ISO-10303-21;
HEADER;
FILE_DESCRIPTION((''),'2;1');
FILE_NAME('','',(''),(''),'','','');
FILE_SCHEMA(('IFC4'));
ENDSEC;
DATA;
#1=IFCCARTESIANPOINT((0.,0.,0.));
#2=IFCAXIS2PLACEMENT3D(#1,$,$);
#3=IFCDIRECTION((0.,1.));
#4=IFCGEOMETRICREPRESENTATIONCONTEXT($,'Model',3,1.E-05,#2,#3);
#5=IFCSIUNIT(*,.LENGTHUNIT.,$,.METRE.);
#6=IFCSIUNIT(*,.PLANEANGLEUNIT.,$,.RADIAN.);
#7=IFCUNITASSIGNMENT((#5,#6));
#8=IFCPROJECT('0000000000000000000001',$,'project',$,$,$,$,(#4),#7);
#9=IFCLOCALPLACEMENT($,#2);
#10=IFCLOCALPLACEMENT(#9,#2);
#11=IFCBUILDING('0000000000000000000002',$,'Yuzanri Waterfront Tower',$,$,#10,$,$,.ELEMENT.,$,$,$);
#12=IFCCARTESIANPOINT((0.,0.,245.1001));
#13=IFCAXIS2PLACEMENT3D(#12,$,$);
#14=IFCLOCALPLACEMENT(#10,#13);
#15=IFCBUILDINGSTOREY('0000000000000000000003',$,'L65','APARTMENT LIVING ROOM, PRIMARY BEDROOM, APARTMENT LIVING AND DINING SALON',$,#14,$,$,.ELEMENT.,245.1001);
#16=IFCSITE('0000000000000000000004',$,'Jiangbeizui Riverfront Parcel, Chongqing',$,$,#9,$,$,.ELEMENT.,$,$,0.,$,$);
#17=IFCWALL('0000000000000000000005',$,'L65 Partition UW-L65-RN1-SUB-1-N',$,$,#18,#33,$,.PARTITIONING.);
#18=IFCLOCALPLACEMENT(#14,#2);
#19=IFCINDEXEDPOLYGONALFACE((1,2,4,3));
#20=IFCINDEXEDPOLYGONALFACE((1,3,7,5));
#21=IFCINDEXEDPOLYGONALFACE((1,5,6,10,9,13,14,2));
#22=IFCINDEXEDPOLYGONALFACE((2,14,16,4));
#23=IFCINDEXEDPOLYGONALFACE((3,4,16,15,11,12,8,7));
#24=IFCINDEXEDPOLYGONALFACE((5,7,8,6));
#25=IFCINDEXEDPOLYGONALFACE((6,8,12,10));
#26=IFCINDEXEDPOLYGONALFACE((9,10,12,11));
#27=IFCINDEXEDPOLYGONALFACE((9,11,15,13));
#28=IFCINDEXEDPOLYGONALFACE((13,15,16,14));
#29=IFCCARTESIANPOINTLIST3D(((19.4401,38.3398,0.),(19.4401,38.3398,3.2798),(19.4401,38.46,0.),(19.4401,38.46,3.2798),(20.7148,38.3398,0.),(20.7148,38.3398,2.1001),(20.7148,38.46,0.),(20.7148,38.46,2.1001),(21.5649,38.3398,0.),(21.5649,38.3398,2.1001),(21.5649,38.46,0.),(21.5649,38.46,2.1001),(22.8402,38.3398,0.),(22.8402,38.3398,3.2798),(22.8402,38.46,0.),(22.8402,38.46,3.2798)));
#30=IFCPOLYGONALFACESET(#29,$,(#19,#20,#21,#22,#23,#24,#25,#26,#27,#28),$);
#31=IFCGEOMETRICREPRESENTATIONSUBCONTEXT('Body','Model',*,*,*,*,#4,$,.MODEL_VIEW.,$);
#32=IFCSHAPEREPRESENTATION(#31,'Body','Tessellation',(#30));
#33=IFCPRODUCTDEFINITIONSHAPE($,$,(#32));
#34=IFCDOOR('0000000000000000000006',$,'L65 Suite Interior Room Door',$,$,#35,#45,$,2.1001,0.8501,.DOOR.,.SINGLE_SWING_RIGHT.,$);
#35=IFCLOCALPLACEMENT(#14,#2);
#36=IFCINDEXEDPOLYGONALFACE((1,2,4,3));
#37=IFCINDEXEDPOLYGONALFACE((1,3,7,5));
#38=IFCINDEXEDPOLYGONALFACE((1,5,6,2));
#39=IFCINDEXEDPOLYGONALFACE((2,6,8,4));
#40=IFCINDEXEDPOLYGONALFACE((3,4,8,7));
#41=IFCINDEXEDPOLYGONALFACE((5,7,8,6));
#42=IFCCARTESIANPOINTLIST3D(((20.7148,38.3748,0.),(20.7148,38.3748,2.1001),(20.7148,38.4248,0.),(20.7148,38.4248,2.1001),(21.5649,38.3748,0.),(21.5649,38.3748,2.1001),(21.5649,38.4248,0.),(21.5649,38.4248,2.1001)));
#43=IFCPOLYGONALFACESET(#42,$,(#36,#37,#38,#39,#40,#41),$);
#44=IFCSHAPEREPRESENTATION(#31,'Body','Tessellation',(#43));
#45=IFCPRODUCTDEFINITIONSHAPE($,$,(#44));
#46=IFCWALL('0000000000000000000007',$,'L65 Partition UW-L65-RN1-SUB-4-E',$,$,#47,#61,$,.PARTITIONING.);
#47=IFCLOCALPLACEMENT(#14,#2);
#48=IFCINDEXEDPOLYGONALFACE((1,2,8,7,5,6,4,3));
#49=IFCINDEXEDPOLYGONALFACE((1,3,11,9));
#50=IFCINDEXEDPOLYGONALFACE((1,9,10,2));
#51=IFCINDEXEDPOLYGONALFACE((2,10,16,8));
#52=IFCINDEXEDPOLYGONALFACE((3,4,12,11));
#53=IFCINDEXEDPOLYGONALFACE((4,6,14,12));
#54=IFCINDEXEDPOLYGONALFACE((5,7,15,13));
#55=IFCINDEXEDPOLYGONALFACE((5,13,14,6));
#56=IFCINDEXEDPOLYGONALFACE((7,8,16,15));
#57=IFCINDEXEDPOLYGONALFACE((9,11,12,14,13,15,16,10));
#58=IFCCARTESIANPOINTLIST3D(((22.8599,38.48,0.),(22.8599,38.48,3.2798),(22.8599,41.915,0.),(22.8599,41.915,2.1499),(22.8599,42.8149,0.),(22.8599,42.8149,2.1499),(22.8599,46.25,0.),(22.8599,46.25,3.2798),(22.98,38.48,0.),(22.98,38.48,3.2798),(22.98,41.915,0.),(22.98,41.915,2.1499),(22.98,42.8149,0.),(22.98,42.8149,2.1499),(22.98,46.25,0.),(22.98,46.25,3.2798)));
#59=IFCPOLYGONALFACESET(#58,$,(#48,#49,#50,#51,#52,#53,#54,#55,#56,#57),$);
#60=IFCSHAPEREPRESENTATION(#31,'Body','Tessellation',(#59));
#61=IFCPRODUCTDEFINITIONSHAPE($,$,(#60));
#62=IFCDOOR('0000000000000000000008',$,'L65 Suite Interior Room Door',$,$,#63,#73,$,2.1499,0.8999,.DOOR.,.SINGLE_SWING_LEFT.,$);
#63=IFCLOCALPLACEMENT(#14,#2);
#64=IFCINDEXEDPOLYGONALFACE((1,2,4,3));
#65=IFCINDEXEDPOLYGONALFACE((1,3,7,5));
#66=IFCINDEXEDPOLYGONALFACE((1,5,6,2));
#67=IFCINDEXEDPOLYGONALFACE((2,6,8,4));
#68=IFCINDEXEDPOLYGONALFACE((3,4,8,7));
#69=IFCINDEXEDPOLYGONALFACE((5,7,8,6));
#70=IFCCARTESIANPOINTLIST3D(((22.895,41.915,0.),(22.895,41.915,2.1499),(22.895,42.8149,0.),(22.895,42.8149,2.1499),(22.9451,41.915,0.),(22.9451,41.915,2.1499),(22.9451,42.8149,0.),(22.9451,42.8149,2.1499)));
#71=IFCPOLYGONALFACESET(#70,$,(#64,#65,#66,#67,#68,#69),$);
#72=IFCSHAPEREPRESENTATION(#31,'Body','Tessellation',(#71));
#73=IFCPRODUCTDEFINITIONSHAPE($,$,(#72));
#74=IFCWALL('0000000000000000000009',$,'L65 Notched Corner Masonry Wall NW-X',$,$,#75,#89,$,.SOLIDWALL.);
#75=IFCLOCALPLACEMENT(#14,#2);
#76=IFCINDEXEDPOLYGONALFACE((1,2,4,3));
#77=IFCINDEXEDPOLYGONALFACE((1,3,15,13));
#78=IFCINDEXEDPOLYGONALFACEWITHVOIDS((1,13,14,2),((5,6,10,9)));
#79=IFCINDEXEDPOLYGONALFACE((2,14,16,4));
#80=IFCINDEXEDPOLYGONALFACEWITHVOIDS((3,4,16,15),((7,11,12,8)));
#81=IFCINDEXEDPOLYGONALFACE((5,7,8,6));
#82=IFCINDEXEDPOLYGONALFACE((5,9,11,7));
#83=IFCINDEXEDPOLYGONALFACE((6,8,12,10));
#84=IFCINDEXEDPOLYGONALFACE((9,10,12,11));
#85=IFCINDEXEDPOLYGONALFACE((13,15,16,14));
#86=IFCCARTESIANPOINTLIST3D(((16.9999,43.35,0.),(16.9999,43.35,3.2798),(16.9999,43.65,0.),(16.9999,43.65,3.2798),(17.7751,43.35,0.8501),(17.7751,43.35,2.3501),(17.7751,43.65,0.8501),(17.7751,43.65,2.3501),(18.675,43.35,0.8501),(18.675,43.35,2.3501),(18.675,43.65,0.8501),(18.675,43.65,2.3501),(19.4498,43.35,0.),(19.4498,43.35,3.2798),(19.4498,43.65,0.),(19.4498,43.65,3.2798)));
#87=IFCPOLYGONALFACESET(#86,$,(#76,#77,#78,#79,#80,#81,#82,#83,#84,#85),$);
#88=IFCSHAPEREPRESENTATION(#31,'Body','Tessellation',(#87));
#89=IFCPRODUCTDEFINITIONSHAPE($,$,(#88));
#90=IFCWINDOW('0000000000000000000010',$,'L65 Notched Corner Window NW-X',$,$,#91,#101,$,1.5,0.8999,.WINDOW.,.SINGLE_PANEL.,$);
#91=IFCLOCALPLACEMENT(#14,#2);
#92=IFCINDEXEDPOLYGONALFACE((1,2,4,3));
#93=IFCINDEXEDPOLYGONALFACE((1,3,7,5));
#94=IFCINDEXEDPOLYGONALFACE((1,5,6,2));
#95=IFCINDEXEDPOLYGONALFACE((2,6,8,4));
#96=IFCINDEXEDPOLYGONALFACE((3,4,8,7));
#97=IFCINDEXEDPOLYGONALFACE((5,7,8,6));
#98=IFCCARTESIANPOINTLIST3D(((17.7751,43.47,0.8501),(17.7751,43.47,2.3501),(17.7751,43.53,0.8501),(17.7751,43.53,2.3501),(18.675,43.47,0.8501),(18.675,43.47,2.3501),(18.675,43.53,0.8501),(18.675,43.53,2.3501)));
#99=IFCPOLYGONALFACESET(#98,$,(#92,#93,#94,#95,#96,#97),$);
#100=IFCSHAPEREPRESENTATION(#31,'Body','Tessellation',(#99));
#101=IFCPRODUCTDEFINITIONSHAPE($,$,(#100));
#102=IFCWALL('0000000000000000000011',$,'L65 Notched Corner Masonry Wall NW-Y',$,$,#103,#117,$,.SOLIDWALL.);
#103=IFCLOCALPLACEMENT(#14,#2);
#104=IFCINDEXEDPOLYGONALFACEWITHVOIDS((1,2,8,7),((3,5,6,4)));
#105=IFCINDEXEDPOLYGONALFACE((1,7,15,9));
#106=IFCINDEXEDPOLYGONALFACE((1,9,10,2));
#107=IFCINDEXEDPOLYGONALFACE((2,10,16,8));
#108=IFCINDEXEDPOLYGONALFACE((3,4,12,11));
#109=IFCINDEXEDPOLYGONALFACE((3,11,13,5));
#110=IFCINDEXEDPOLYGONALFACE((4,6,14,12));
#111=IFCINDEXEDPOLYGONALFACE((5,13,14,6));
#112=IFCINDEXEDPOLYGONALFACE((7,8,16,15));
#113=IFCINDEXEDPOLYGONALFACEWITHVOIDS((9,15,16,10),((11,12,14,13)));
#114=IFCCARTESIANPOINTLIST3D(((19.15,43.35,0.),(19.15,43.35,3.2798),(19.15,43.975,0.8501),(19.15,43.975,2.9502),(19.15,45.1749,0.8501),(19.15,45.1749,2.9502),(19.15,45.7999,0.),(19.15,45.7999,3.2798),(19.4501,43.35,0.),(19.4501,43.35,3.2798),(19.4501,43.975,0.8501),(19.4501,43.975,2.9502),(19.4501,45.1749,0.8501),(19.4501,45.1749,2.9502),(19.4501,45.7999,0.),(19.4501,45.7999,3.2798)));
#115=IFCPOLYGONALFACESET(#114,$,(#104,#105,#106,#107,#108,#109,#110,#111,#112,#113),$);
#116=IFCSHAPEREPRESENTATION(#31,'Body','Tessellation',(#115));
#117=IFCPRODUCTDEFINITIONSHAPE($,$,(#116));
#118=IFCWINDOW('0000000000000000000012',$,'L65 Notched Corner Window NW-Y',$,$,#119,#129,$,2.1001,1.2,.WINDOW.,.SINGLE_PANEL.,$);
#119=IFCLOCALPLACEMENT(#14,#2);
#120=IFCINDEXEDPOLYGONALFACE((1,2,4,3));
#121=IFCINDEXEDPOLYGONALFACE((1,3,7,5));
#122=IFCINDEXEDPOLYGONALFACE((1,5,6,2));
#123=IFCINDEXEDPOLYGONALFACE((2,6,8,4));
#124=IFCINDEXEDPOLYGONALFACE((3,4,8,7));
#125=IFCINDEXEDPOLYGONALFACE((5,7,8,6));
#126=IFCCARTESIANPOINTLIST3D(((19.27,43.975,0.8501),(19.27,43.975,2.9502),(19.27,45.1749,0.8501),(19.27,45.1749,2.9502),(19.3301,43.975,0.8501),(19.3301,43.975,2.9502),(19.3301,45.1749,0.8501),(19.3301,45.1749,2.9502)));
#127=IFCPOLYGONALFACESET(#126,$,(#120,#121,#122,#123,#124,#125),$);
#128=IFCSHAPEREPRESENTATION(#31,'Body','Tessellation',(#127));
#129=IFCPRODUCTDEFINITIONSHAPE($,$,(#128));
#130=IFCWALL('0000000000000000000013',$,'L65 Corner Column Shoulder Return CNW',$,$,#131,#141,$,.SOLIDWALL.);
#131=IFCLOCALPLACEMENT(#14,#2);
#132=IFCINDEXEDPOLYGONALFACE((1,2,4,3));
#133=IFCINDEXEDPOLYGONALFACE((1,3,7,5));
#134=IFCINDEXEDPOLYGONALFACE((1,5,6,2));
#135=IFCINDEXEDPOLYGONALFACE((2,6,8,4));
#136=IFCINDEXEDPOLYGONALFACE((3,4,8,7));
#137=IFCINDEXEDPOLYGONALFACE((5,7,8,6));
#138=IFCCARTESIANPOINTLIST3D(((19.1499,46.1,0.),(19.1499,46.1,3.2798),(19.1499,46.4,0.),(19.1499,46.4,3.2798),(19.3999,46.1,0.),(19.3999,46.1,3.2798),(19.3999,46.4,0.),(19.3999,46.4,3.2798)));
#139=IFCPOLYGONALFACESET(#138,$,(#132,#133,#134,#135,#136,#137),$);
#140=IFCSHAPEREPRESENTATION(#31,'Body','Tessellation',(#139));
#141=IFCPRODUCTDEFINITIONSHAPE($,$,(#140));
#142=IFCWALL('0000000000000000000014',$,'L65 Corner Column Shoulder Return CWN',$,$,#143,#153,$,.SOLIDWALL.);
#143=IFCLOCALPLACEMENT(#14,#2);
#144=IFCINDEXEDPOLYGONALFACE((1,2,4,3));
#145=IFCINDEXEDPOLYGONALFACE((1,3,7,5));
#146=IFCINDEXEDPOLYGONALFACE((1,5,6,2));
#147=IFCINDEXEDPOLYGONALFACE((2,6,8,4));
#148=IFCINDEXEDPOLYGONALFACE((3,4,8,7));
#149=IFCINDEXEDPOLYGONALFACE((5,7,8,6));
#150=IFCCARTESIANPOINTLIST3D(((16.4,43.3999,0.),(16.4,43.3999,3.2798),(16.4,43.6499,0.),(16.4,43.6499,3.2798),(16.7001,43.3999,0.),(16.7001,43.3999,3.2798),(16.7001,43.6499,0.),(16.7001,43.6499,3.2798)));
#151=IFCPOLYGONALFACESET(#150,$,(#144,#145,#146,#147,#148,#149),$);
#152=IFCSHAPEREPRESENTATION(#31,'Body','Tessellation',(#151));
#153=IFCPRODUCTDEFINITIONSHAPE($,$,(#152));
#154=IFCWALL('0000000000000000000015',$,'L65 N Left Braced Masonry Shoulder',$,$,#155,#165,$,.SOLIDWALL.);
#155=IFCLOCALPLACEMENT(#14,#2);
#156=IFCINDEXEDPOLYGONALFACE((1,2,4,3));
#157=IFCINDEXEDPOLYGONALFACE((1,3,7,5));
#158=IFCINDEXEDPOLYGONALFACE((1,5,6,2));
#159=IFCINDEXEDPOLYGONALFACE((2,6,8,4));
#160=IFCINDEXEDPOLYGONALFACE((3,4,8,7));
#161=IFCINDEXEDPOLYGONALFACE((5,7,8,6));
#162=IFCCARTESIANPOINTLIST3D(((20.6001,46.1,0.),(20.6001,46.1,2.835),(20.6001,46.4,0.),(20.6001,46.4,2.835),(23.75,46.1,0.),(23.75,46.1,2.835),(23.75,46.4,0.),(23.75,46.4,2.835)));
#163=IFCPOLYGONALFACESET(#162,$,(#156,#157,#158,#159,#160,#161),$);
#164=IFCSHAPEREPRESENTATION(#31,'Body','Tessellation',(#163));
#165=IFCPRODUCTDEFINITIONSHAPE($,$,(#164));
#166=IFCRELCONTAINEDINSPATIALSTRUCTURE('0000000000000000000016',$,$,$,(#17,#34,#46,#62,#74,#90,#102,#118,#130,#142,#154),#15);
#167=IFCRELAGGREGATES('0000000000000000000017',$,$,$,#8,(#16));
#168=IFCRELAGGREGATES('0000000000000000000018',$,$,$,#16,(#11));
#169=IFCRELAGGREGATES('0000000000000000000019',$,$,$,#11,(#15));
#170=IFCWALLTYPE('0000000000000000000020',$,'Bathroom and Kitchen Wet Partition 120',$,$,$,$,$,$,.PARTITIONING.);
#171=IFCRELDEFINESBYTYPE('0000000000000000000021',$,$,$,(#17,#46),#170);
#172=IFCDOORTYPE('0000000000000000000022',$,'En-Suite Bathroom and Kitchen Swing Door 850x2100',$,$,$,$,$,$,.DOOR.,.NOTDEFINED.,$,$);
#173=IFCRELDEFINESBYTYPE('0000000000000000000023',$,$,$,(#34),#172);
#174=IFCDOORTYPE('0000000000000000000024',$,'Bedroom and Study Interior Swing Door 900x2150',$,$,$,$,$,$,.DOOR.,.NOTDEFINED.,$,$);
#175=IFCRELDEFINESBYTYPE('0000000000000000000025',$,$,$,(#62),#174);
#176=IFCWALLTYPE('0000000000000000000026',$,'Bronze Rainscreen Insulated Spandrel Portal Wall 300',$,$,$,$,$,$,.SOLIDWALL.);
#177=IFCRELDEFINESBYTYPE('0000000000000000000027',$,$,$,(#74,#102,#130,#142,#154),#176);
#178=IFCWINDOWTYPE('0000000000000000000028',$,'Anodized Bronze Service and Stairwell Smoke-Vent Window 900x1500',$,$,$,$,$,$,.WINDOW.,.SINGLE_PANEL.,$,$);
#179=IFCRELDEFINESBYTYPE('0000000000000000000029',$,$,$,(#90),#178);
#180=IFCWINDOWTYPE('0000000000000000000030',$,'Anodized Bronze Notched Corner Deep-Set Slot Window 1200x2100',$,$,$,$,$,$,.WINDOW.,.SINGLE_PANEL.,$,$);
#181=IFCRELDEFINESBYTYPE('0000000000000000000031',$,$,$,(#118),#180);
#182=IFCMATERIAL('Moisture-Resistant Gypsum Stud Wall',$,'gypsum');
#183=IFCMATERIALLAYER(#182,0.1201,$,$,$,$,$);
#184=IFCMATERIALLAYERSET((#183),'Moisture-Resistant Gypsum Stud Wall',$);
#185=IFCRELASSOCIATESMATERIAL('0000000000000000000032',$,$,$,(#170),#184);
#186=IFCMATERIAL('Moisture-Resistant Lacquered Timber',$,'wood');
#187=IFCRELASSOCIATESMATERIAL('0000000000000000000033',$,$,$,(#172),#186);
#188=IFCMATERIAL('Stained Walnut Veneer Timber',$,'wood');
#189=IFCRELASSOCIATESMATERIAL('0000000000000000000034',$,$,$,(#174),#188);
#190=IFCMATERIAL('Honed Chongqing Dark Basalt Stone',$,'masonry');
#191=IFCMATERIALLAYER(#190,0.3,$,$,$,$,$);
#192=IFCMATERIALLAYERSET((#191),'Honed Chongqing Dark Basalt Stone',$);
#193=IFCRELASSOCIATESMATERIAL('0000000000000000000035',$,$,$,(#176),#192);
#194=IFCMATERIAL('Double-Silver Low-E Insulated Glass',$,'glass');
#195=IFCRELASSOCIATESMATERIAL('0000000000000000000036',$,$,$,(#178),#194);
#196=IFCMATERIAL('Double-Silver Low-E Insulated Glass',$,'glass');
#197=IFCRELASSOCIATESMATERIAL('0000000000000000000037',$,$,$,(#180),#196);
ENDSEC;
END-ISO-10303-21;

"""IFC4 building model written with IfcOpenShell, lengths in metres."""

from ifc_helpers import new_model, si_unit, direction, frame, frame_2d, origin, place, context, subcontext, project, spatial, rectangle, extrude, source, transform, mapped, material, layer, layer_set, type_object, element, fill, save


model = new_model("IFC4")

# Units and contexts
model_context = context("Model", 3, precision=1e-05, world=origin(), true_north=direction((0.0, 1.0)))
body_context = subcontext(model_context, "Body", "Model", "MODEL_VIEW")
ifc_project = project(units=[si_unit("LENGTHUNIT", "METRE"), si_unit("PLANEANGLEUNIT", "RADIAN")], contexts=[model_context])

# Site, building, storey
site_placement = place(None, origin())
site = spatial("IfcSite", under=ifc_project, at=site_placement, Name="Jiangbeizui Riverfront Parcel, Chongqing", CompositionType="ELEMENT", RefElevation=0.0)
building_placement = place(site_placement, origin())
building = spatial("IfcBuilding", under=site, at=building_placement, Name="Yuzanri Waterfront Tower", CompositionType="ELEMENT")
storey_placement = place(building_placement, frame((0.0, 0.0, 245.1001)))
storey = spatial("IfcBuildingStorey", under=building, at=storey_placement, Name="L65", Description="APARTMENT LIVING ROOM, PRIMARY BEDROOM, APARTMENT LIVING AND DINING SALON", CompositionType="ELEMENT", Elevation=245.1001)

# Walls, openings, doors
ifc_material_1 = material(Name="Moisture-Resistant Gypsum Stud Wall", Category="gypsum")
ifc_layer_1 = layer(ifc_material_1, 0.1201)
ifc_layer_set_1 = layer_set([ifc_layer_1], Name="Moisture-Resistant Gypsum Stud Wall")
wall_type_1 = type_object("IfcWallType", Name="Bathroom and Kitchen Wet Partition 120", PredefinedType="PARTITIONING", material=ifc_layer_set_1)
wall_1_placement = place(storey_placement, frame((19.4399, 38.3999, 0.0), z_axis=(0.0, 0.0, 1.0), x_axis=(1.0, 0.0, 0.0)))
wall_1 = element("IfcWall", 1, at=wall_1_placement, inside=storey, type_object=wall_type_1, Name="L65 Partition UW-L65-RN1-SUB-1-N", PredefinedType="PARTITIONING", context=body_context, shape_type="SweptSolid", body=[
    extrude(rectangle(XDim=3.4001, YDim=0.1201, at=frame_2d((1.7002, 0.0))), origin(), (0.0, 0.0, 1.0), 3.2798),
])
opening_1_placement = place(wall_1_placement, frame((1.2749, 0.0, 0.0)))
opening_1 = element("IfcOpeningElement", 2, at=opening_1_placement, cuts=wall_1, PredefinedType="OPENING", context=body_context, shape_type="SweptSolid", body=[
    extrude(rectangle(XDim=0.8501, YDim=2.1001, at=frame_2d((0.425, 1.05))), frame((0.0, 0.075, 0.0), z_axis=(0.0, -1.0, 0.0), x_axis=(1.0, 0.0, 0.0)), (0.0, 0.0, 1.0), 0.1499),
])
ifc_material_2 = material(Name="Moisture-Resistant Lacquered Timber", Category="wood")
door_type_1 = type_object("IfcDoorType", Name="En-Suite Bathroom and Kitchen Swing Door 850x2100", OperationType="NOTDEFINED", PredefinedType="DOOR", material=ifc_material_2)
shared_shape_1 = source(origin(), body_context, "Body", "SweptSolid", [
    extrude(rectangle(XDim=0.8501, YDim=2.1001, at=frame_2d((0.425, 1.05))), frame((0.0, 0.0249, 0.0), z_axis=(0.0, -1.0, 0.0), x_axis=(1.0, 0.0, 0.0)), (0.0, 0.0, 1.0), 0.05),
])
door_1_placement = place(opening_1_placement, origin())
door_1 = element("IfcDoor", 3, at=door_1_placement, inside=storey, type_object=door_type_1, Name="L65 Suite Interior Room Door", OperationType="SINGLE_SWING_RIGHT", OverallHeight=2.1001, OverallWidth=0.8501, PredefinedType="DOOR", context=body_context, shape_type="MappedRepresentation", body=[
    mapped(shared_shape_1, transform((0.0, 0.0, 0.0), scale=1.0)),
])
fill(opening_1, door_1)
wall_2_placement = place(storey_placement, frame((22.9199, 38.48, 0.0), z_axis=(0.0, 0.0, 1.0), x_axis=(0.0, 1.0, 0.0)))
wall_2 = element("IfcWall", 4, at=wall_2_placement, inside=storey, type_object=wall_type_1, Name="L65 Partition UW-L65-RN1-SUB-4-E", PredefinedType="PARTITIONING", context=body_context, shape_type="SweptSolid", body=[
    extrude(rectangle(XDim=7.77, YDim=0.1201, at=frame_2d((3.885, 0.0))), origin(), (0.0, 0.0, 1.0), 3.2798),
])
opening_2_placement = place(wall_2_placement, frame((3.4351, 0.0, 0.0)))
opening_2 = element("IfcOpeningElement", 5, at=opening_2_placement, cuts=wall_2, PredefinedType="OPENING", context=body_context, shape_type="SweptSolid", body=[
    extrude(rectangle(XDim=0.8999, YDim=2.1499, at=frame_2d((0.45, 1.075))), frame((0.0, 0.075, 0.0), z_axis=(0.0, -1.0, 0.0), x_axis=(1.0, 0.0, 0.0)), (0.0, 0.0, 1.0), 0.1499),
])
ifc_material_3 = material(Name="Stained Walnut Veneer Timber", Category="wood")
door_type_2 = type_object("IfcDoorType", Name="Bedroom and Study Interior Swing Door 900x2150", OperationType="NOTDEFINED", PredefinedType="DOOR", material=ifc_material_3)
shared_shape_2 = source(origin(), body_context, "Body", "SweptSolid", [
    extrude(rectangle(XDim=0.8999, YDim=2.1499, at=frame_2d((0.45, 1.075))), frame((0.0, 0.0249, 0.0), z_axis=(0.0, -1.0, 0.0), x_axis=(1.0, 0.0, 0.0)), (0.0, 0.0, 1.0), 0.05),
])
door_2_placement = place(opening_2_placement, origin())
door_2 = element("IfcDoor", 6, at=door_2_placement, inside=storey, type_object=door_type_2, Name="L65 Suite Interior Room Door", OperationType="SINGLE_SWING_LEFT", OverallHeight=2.1499, OverallWidth=0.8999, PredefinedType="DOOR", context=body_context, shape_type="MappedRepresentation", body=[
    mapped(shared_shape_2, transform((0.0, 0.0, 0.0), scale=1.0)),
])
fill(opening_2, door_2)

# Walls, openings, windows
ifc_material_4 = material(Name="Honed Chongqing Dark Basalt Stone", Category="masonry")
ifc_layer_2 = layer(ifc_material_4, 0.3)
ifc_layer_set_2 = layer_set([ifc_layer_2], Name="Honed Chongqing Dark Basalt Stone")
wall_type_2 = type_object("IfcWallType", Name="Bronze Rainscreen Insulated Spandrel Portal Wall 300", PredefinedType="SOLIDWALL", material=ifc_layer_set_2)
wall_3_placement = place(storey_placement, frame((19.45, 43.5, 0.0), z_axis=(0.0, 0.0, 1.0), x_axis=(-1.0, 0.0, 0.0)))
wall_3 = element("IfcWall", 7, at=wall_3_placement, inside=storey, type_object=wall_type_2, Name="L65 Notched Corner Masonry Wall NW-X", PredefinedType="SOLIDWALL", context=body_context, shape_type="SweptSolid", body=[
    extrude(rectangle(XDim=2.45, YDim=0.3, at=frame_2d((1.2251, 0.0))), origin(), (0.0, 0.0, 1.0), 3.2798),
])
opening_3_placement = place(wall_3_placement, frame((0.7749, 0.0, 0.8501)))
opening_3 = element("IfcOpeningElement", 8, at=opening_3_placement, cuts=wall_3, PredefinedType="OPENING", context=body_context, shape_type="SweptSolid", body=[
    extrude(rectangle(XDim=0.8999, YDim=1.5, at=frame_2d((0.45, 0.75))), frame((0.0, 0.165, 0.0), z_axis=(0.0, -1.0, 0.0), x_axis=(1.0, 0.0, 0.0)), (0.0, 0.0, 1.0), 0.3298),
])
ifc_material_5 = material(Name="Double-Silver Low-E Insulated Glass", Category="glass")
window_type_1 = type_object("IfcWindowType", Name="Anodized Bronze Service and Stairwell Smoke-Vent Window 900x1500", PartitioningType="SINGLE_PANEL", PredefinedType="WINDOW", material=ifc_material_5)
shared_shape_3 = source(origin(), body_context, "Body", "SweptSolid", [
    extrude(rectangle(XDim=0.8999, YDim=1.5, at=frame_2d((0.45, 0.75))), frame((0.0, 0.03, 0.0), z_axis=(0.0, -1.0, 0.0), x_axis=(1.0, 0.0, 0.0)), (0.0, 0.0, 1.0), 0.0601),
])
window_1_placement = place(opening_3_placement, origin())
window_1 = element("IfcWindow", 9, at=window_1_placement, inside=storey, type_object=window_type_1, Name="L65 Notched Corner Window NW-X", OverallHeight=1.5, OverallWidth=0.8999, PartitioningType="SINGLE_PANEL", PredefinedType="WINDOW", context=body_context, shape_type="MappedRepresentation", body=[
    mapped(shared_shape_3, transform((0.0, 0.0, 0.0), scale=1.0)),
])
fill(opening_3, window_1)
wall_4_placement = place(storey_placement, frame((19.3, 45.8, 0.0), z_axis=(0.0, 0.0, 1.0), x_axis=(0.0, -1.0, 0.0)))
wall_4 = element("IfcWall", 10, at=wall_4_placement, inside=storey, type_object=wall_type_2, Name="L65 Notched Corner Masonry Wall NW-Y", PredefinedType="SOLIDWALL", context=body_context, shape_type="SweptSolid", body=[
    extrude(rectangle(XDim=2.45, YDim=0.3, at=frame_2d((1.2251, 0.0))), origin(), (0.0, 0.0, 1.0), 3.2798),
])
opening_4_placement = place(wall_4_placement, frame((0.625, 0.0, 0.8501)))
opening_4 = element("IfcOpeningElement", 11, at=opening_4_placement, cuts=wall_4, PredefinedType="OPENING", context=body_context, shape_type="SweptSolid", body=[
    extrude(rectangle(XDim=1.2, YDim=2.1001, at=frame_2d((0.6001, 1.05))), frame((0.0, 0.165, 0.0), z_axis=(0.0, -1.0, 0.0), x_axis=(1.0, 0.0, 0.0)), (0.0, 0.0, 1.0), 0.3298),
])
ifc_material_6 = material(Name="Double-Silver Low-E Insulated Glass", Category="glass")
window_type_2 = type_object("IfcWindowType", Name="Anodized Bronze Notched Corner Deep-Set Slot Window 1200x2100", PartitioningType="SINGLE_PANEL", PredefinedType="WINDOW", material=ifc_material_6)
shared_shape_4 = source(origin(), body_context, "Body", "SweptSolid", [
    extrude(rectangle(XDim=1.2, YDim=2.1001, at=frame_2d((0.6001, 1.05))), frame((0.0, 0.03, 0.0), z_axis=(0.0, -1.0, 0.0), x_axis=(1.0, 0.0, 0.0)), (0.0, 0.0, 1.0), 0.0601),
])
window_2_placement = place(opening_4_placement, origin())
window_2 = element("IfcWindow", 12, at=window_2_placement, inside=storey, type_object=window_type_2, Name="L65 Notched Corner Window NW-Y", OverallHeight=2.1001, OverallWidth=1.2, PartitioningType="SINGLE_PANEL", PredefinedType="WINDOW", context=body_context, shape_type="MappedRepresentation", body=[
    mapped(shared_shape_4, transform((0.0, 0.0, 0.0), scale=1.0)),
])
fill(opening_4, window_2)

# Walls
shared_shape_5 = source(origin(), body_context, "Body", "SweptSolid", [
    extrude(rectangle(XDim=0.25, YDim=0.3, at=frame_2d((0.125, 0.0))), origin(), (0.0, 0.0, 1.0), 3.2798),
])
for number, where, z_axis, x_axis, name in (
    (13, (19.1499, 46.25, 0.0), (0.0, 0.0, 1.0), (1.0, 0.0, 0.0), "L65 Corner Column Shoulder Return CNW"),
    (14, (16.55, 43.3999, 0.0), (0.0, 0.0, 1.0), (0.0, 1.0, 0.0), "L65 Corner Column Shoulder Return CWN"),
):
    element("IfcWall", number, at=place(storey_placement, frame(where, z_axis=z_axis, x_axis=x_axis)), inside=storey, type_object=wall_type_2, Name=name, PredefinedType="SOLIDWALL", context=body_context, shape_type="MappedRepresentation", body=[
        mapped(shared_shape_5, transform((0.0, 0.0, 0.0), scale=1.0)),
    ])
shared_shape_6 = source(origin(), body_context, "Body", "SweptSolid", [
    extrude(rectangle(XDim=3.1499, YDim=0.3, at=frame_2d((1.575, 0.0))), origin(), (0.0, 0.0, 1.0), 2.835),
])
for number, where, z_axis, x_axis, name in (
    (15, (20.6001, 46.25, 0.0), (0.0, 0.0, 1.0), (1.0, 0.0, 0.0), "L65 N Left Braced Masonry Shoulder"),
):
    element("IfcWall", number, at=place(storey_placement, frame(where, z_axis=z_axis, x_axis=x_axis)), inside=storey, type_object=wall_type_2, Name=name, PredefinedType="SOLIDWALL", context=body_context, shape_type="MappedRepresentation", body=[
        mapped(shared_shape_6, transform((0.0, 0.0, 0.0), scale=1.0)),
    ])

save(model, "model.ifc")
